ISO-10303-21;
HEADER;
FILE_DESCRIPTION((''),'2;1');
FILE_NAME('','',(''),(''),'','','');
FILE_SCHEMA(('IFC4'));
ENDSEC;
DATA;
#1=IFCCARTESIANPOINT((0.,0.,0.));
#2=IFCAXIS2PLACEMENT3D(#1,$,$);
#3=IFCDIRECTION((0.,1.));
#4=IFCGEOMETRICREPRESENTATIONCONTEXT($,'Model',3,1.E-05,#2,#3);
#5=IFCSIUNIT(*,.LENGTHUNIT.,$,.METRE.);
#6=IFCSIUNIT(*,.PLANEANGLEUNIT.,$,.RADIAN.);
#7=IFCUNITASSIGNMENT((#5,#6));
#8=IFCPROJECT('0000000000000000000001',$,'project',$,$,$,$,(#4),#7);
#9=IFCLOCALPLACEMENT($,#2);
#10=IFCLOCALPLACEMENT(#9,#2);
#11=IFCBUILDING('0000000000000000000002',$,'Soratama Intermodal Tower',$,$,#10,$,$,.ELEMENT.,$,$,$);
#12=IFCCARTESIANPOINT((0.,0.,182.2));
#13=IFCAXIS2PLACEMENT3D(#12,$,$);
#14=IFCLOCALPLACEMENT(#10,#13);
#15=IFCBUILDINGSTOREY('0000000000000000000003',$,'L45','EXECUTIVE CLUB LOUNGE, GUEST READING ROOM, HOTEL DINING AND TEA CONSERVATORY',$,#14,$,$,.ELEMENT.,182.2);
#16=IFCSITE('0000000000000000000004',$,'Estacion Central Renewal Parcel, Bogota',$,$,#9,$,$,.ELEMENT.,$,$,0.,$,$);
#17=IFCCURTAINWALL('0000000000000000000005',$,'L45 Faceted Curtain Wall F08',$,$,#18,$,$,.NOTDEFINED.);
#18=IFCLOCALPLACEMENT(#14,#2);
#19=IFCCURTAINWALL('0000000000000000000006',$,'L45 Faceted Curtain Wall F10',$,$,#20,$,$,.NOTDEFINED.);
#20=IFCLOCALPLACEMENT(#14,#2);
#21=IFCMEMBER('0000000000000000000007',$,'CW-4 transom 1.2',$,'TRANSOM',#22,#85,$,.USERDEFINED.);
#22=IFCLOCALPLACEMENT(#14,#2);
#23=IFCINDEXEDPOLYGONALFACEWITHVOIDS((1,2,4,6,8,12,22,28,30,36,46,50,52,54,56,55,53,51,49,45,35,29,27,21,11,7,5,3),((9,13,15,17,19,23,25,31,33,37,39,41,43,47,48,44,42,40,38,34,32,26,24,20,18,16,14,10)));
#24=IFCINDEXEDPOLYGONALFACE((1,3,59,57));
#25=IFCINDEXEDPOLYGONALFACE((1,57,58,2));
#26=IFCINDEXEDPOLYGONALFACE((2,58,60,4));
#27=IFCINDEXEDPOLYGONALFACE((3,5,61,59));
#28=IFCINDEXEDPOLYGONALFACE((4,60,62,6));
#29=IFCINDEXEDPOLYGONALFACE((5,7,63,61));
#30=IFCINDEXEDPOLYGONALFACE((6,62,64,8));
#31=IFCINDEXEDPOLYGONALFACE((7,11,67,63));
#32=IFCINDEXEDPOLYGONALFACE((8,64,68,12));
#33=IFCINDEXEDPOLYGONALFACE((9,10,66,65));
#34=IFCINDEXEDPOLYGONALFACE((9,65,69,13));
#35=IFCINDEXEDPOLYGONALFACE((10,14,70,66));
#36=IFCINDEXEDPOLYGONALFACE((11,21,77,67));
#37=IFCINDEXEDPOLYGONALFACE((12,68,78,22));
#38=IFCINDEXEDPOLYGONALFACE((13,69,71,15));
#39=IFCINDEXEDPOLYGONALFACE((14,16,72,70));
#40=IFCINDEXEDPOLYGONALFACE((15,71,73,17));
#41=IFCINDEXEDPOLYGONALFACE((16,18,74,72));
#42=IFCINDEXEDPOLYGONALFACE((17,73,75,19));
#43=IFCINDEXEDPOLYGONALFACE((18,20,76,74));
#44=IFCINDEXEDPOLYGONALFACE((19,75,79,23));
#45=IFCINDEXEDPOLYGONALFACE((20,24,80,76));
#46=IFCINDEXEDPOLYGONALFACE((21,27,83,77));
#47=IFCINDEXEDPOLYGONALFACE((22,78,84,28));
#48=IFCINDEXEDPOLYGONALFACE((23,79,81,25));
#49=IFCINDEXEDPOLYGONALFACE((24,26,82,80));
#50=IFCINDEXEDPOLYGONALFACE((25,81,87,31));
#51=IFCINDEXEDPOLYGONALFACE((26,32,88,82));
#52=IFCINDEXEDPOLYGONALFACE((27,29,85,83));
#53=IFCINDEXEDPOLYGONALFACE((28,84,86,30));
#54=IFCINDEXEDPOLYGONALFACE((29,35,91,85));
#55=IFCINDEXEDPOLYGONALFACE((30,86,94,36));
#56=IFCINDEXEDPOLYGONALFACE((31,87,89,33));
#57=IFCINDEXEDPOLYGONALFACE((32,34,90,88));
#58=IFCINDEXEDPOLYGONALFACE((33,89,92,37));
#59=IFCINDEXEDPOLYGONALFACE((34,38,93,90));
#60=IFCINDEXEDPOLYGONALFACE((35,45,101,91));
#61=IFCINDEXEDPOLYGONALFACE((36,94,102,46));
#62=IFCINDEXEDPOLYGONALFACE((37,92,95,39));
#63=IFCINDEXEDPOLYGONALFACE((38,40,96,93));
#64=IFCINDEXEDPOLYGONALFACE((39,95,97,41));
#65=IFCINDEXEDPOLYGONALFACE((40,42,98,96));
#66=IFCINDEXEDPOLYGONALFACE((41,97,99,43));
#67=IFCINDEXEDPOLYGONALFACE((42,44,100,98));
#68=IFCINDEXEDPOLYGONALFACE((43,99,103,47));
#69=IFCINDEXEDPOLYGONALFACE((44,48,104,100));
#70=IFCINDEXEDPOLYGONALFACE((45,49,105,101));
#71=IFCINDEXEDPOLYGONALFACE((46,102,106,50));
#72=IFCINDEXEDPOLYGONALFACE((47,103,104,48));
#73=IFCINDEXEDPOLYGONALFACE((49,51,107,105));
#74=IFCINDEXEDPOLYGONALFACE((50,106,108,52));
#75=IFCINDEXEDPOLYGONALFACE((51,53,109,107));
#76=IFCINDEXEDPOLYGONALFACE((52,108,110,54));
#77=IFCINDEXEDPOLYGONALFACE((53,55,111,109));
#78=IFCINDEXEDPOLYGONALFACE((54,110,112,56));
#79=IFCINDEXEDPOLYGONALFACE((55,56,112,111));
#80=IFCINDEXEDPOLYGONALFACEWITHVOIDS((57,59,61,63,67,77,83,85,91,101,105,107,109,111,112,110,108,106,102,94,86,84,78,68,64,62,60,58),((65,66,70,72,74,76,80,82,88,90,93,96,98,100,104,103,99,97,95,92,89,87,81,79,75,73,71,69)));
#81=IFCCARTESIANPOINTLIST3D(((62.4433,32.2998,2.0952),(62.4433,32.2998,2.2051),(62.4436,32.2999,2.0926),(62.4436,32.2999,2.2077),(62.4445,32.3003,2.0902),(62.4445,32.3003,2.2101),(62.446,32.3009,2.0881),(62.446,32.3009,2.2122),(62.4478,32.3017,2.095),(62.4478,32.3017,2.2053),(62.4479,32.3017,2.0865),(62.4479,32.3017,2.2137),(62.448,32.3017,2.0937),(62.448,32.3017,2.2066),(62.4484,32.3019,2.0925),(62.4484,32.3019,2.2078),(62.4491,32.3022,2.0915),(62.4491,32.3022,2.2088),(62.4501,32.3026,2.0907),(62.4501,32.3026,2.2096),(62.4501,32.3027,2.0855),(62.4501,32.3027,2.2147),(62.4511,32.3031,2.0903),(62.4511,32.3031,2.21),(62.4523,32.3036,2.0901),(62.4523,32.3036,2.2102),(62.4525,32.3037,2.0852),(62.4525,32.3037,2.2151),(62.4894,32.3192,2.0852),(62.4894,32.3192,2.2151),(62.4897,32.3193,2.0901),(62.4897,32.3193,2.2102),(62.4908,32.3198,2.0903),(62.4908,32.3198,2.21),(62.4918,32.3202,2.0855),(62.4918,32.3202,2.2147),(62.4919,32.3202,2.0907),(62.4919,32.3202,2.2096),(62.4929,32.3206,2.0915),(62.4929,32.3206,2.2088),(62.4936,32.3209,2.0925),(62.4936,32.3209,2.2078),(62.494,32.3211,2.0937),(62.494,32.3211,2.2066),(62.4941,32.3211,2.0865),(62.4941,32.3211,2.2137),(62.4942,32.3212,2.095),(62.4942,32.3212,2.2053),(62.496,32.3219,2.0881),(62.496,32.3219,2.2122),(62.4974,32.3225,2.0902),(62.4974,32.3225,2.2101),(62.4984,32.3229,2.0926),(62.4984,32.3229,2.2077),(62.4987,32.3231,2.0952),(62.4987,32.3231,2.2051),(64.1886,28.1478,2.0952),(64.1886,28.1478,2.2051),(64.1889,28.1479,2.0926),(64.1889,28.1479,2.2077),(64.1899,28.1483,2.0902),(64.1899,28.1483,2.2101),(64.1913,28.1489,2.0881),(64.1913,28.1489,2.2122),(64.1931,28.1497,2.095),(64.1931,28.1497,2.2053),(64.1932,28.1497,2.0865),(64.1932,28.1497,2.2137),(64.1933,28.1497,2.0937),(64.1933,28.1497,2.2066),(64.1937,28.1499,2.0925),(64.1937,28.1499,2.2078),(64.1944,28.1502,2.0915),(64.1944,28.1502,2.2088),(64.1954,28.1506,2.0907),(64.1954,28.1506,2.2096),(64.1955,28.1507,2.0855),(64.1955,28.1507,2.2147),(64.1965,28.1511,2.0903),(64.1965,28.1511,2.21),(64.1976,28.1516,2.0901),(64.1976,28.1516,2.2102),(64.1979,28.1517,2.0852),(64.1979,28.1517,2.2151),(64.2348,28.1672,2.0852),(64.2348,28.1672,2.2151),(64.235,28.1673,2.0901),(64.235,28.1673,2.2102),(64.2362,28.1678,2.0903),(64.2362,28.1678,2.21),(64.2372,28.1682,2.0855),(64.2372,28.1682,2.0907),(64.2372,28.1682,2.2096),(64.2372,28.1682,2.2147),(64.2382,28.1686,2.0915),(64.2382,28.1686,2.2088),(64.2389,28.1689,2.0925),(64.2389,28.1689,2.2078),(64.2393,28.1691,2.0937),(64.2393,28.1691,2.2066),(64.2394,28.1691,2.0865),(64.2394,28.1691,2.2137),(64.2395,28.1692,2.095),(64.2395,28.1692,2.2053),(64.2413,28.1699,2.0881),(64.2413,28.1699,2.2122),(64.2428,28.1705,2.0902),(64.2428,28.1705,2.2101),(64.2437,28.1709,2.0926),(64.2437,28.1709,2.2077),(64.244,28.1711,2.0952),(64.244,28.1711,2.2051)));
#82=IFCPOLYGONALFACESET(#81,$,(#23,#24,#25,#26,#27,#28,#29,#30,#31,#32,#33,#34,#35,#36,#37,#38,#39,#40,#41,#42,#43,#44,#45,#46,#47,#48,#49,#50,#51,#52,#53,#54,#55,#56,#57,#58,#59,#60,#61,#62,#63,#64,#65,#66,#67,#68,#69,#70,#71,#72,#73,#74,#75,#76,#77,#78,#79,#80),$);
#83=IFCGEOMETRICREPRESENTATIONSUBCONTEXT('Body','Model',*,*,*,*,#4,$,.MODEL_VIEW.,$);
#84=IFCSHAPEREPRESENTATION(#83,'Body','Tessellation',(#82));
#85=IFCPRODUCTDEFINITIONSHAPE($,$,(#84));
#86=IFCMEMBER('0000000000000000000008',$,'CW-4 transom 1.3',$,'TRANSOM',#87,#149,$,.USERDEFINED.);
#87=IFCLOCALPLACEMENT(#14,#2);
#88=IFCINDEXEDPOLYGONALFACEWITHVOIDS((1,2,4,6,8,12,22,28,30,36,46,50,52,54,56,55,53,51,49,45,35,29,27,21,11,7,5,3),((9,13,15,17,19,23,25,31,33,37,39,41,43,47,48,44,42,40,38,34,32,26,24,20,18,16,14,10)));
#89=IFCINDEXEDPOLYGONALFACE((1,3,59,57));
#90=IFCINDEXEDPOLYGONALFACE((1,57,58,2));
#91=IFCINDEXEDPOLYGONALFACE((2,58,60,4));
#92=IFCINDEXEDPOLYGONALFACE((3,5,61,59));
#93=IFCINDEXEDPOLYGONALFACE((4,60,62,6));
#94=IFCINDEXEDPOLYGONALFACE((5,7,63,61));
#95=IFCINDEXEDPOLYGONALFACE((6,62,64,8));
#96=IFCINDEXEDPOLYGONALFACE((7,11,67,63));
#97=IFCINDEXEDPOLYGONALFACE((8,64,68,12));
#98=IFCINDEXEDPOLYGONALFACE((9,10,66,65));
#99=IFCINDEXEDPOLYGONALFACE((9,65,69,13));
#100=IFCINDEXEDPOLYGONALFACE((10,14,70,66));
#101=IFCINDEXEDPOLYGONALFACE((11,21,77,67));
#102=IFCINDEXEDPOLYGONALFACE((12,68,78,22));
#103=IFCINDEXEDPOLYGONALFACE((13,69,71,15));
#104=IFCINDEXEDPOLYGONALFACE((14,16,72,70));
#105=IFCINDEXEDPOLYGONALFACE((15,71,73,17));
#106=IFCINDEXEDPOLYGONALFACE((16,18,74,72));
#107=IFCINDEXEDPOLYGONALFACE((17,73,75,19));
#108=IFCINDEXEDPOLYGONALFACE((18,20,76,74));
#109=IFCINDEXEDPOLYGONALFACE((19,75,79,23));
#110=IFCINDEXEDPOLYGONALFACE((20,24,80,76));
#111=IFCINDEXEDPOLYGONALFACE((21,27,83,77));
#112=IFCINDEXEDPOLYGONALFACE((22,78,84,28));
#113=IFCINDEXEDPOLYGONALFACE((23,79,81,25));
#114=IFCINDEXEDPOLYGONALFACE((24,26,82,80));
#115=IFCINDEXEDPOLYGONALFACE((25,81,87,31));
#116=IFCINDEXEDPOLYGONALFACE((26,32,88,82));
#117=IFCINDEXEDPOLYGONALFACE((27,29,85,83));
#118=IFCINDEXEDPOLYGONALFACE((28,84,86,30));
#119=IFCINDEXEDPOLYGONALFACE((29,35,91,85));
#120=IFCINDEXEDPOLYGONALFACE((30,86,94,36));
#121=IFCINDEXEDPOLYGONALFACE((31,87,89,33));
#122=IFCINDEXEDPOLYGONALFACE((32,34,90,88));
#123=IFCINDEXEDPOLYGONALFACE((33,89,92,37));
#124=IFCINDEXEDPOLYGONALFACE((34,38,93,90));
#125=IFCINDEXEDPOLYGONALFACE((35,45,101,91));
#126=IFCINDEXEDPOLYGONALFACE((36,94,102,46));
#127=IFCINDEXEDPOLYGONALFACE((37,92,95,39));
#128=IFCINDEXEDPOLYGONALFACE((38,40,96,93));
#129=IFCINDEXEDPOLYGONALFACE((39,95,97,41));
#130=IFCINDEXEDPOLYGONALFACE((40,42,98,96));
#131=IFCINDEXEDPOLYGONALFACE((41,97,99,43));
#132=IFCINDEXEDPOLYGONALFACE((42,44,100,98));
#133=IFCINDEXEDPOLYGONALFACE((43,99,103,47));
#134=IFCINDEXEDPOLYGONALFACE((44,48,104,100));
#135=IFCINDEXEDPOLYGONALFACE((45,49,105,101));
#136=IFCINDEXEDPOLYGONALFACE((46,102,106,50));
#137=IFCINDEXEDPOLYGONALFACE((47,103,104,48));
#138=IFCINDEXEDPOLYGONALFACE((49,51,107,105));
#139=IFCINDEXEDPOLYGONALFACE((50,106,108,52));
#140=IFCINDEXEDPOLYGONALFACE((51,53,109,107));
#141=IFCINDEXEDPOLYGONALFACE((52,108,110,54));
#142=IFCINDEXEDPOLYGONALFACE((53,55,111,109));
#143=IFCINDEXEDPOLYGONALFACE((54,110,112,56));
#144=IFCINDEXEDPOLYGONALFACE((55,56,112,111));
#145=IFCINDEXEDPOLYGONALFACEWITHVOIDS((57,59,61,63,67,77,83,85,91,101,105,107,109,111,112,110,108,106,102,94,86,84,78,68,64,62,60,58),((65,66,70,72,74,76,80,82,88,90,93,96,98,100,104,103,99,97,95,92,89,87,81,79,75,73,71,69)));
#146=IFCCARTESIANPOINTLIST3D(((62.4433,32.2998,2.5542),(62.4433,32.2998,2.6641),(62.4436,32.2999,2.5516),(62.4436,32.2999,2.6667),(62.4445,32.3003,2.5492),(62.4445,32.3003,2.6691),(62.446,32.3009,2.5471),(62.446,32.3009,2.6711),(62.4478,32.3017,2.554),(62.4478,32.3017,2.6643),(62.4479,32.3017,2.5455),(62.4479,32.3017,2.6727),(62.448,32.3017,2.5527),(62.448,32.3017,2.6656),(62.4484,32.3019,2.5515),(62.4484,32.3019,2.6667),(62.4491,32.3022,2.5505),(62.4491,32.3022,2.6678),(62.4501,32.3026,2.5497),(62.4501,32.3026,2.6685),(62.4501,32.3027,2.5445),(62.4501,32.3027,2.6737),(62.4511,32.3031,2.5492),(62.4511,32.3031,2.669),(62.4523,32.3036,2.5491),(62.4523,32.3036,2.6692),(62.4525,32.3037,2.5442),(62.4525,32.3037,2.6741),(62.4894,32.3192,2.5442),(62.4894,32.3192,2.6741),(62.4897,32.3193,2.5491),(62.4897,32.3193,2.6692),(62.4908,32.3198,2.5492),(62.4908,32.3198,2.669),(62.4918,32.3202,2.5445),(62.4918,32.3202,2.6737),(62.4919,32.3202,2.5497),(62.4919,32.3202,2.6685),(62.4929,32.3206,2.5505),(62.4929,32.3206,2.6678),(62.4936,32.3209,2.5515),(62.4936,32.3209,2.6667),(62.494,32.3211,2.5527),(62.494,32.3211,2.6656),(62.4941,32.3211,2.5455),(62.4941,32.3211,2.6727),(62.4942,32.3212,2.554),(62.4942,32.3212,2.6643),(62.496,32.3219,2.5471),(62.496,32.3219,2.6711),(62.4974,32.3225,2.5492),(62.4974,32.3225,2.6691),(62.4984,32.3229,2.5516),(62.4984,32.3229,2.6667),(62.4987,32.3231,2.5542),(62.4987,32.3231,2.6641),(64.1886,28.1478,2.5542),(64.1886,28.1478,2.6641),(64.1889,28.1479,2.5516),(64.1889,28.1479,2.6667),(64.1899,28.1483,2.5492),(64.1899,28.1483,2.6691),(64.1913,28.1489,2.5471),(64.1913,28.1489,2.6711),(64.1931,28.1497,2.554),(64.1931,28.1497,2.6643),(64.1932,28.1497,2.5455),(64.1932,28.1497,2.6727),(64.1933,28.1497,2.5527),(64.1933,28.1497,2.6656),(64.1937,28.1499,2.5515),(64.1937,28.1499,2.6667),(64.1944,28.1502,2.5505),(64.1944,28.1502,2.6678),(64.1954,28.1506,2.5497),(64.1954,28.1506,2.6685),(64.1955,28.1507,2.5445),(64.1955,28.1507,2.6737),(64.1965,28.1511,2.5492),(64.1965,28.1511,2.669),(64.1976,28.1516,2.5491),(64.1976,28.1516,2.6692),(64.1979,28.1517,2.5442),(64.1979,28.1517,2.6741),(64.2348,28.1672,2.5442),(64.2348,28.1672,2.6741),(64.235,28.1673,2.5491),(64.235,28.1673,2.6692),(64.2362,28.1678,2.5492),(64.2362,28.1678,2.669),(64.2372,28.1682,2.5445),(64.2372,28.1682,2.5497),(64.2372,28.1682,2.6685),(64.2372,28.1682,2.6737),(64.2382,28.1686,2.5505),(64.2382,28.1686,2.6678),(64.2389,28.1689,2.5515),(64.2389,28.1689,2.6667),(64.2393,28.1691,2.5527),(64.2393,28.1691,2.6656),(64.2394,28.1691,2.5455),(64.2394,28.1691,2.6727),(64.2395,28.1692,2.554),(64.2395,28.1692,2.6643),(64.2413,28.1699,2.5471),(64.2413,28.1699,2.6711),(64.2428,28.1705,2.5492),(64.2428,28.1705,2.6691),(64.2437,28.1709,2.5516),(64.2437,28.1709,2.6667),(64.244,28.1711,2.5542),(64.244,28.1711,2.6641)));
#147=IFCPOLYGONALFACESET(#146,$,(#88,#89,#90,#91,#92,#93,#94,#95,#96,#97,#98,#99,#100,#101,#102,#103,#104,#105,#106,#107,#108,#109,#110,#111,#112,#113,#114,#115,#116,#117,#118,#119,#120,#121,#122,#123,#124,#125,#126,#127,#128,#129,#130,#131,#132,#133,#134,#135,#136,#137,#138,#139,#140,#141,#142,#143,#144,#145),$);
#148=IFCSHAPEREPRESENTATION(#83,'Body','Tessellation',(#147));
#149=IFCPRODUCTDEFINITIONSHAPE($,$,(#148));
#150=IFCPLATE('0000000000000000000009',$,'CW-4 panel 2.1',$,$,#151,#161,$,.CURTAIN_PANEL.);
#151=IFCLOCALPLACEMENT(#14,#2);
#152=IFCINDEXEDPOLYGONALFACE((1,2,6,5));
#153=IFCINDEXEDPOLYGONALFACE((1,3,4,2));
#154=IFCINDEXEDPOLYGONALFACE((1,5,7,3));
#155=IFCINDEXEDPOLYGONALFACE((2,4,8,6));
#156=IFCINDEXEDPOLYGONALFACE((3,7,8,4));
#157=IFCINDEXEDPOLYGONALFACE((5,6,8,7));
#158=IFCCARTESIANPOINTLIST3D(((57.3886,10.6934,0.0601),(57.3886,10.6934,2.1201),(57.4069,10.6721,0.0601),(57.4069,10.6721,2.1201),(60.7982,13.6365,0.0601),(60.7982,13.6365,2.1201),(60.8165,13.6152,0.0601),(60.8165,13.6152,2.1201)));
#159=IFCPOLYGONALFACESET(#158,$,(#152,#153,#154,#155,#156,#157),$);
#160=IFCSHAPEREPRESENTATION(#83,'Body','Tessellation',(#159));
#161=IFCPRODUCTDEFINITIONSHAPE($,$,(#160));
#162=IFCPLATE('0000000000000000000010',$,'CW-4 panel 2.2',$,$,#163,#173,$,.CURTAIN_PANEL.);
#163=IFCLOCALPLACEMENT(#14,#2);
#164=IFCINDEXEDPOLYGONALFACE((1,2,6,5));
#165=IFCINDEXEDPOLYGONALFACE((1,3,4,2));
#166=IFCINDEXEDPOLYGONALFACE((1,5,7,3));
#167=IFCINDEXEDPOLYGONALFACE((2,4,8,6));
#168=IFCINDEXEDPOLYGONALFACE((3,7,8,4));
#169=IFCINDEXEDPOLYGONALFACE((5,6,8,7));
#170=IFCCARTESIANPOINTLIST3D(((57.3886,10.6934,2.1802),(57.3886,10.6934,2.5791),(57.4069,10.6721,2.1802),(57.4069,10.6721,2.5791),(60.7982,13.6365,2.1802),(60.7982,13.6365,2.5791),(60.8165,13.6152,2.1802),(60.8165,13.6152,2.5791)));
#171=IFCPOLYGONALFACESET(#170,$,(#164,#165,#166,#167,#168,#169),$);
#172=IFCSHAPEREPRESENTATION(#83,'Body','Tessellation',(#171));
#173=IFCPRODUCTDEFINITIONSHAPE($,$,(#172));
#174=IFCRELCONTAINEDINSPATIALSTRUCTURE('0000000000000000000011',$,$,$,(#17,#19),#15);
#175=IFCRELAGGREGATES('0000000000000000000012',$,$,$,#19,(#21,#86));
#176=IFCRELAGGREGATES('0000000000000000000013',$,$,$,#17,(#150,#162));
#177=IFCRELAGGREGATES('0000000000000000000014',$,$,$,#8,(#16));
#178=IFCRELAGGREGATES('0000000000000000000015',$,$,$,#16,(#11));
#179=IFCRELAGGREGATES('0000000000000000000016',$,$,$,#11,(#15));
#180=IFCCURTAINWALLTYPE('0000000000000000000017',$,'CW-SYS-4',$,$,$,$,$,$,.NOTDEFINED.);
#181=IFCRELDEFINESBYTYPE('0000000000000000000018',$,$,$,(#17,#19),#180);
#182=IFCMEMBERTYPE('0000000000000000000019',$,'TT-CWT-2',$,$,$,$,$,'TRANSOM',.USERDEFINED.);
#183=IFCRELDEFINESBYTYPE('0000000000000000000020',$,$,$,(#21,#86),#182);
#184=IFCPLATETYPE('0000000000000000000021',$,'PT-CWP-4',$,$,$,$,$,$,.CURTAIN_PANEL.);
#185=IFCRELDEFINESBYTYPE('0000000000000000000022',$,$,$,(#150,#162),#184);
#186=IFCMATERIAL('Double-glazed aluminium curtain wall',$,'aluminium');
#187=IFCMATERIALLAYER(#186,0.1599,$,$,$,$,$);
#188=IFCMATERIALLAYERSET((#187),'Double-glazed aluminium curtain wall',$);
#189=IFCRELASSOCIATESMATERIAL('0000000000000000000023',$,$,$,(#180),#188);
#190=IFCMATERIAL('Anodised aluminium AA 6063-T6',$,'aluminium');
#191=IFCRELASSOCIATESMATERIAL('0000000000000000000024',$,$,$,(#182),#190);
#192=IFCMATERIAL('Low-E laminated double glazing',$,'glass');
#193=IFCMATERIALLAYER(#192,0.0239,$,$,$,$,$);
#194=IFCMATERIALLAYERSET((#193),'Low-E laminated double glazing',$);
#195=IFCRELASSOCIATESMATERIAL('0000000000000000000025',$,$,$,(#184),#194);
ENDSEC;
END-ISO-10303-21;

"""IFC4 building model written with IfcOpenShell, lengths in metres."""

from ifc_helpers import new_model, si_unit, direction, frame, origin, origin_2d, place, context, subcontext, project, spatial, rectangle, hollow_rectangle, extrude, material, layer, layer_set, material_profile, profile_set, type_object, element, aggregate, save


model = new_model("IFC4")

# Units and contexts
model_context = context("Model", 3, precision=1e-05, world=origin(), true_north=direction((0.0, 1.0)))
body_context = subcontext(model_context, "Body", "Model", "MODEL_VIEW")
ifc_project = project(units=[si_unit("LENGTHUNIT", "METRE"), si_unit("PLANEANGLEUNIT", "RADIAN")], contexts=[model_context])

# Site, building, storey
site_placement = place(None, origin())
site = spatial("IfcSite", under=ifc_project, at=site_placement, Name="Estacion Central Renewal Parcel, Bogota", CompositionType="ELEMENT", RefElevation=0.0)
building_placement = place(site_placement, origin())
building = spatial("IfcBuilding", under=site, at=building_placement, Name="Soratama Intermodal Tower", CompositionType="ELEMENT")
storey_placement = place(building_placement, frame((0.0, 0.0, 182.2)))
storey = spatial("IfcBuildingStorey", under=building, at=storey_placement, Name="L45", Description="EXECUTIVE CLUB LOUNGE, GUEST READING ROOM, HOTEL DINING AND TEA CONSERVATORY", CompositionType="ELEMENT", Elevation=182.2)

# Curtain wall
ifc_material_1 = material(Name="Double-glazed aluminium curtain wall", Category="aluminium")
ifc_layer_1 = layer(ifc_material_1, 0.1599)
ifc_layer_set_1 = layer_set([ifc_layer_1], Name="Double-glazed aluminium curtain wall")
curtain_wall_type = type_object("IfcCurtainWallType", Name="CW-SYS-4", PredefinedType="NOTDEFINED", material=ifc_layer_set_1)
curtain_wall_1_placement = place(storey_placement, origin())
curtain_wall_1 = element("IfcCurtainWall", 1, at=curtain_wall_1_placement, inside=storey, type_object=curtain_wall_type, Name="L45 Faceted Curtain Wall F08", PredefinedType="NOTDEFINED")

# Curtain wall, members
curtain_wall_2_placement = place(storey_placement, origin())
curtain_wall_2 = element("IfcCurtainWall", 2, at=curtain_wall_2_placement, inside=storey, type_object=curtain_wall_type, Name="L45 Faceted Curtain Wall F10", PredefinedType="NOTDEFINED")
ifc_material_2 = material(Name="Anodised aluminium AA 6063-T6", Category="aluminium")
ifc_material_profile_1 = material_profile(ifc_material_2, hollow_rectangle(XDim=0.0601, YDim=0.1299, WallThickness=0.0049, InnerFilletRadius=0.0049, OuterFilletRadius=0.01, at=origin_2d()), Name="CWT130X60X5")
ifc_profile_set_1 = profile_set([ifc_material_profile_1], Name="Anodised aluminium AA 6063-T6")
member_type_1 = type_object("IfcMemberType", Name="TT-CWT-2", ElementType="TRANSOM", PredefinedType="USERDEFINED", material=ifc_profile_set_1)
member_1_placement = place(storey_placement, frame((64.2163, 28.1594, 2.1501), z_axis=(-0.387512, 0.921865, 0.0), x_axis=(-0.921865, -0.387512, 0.0)))
member_1 = element("IfcMember", 3, at=member_1_placement, type_object=member_type_1, Name="CW-4 transom 1.2", ObjectType="TRANSOM", PredefinedType="USERDEFINED", context=body_context, shape_type="SweptSolid", body=[
    extrude(hollow_rectangle(XDim=0.0601, YDim=0.1299, WallThickness=0.0049, InnerFilletRadius=0.0049, OuterFilletRadius=0.01, at=origin_2d()), origin(), (0.0, 0.0, 1.0), 4.5039),
])
member_2_placement = place(storey_placement, frame((64.2163, 28.1594, 2.6091), z_axis=(-0.387512, 0.921865, 0.0), x_axis=(-0.921865, -0.387512, 0.0)))
member_2 = element("IfcMember", 4, at=member_2_placement, type_object=member_type_1, Name="CW-4 transom 1.3", ObjectType="TRANSOM", PredefinedType="USERDEFINED", context=body_context, shape_type="SweptSolid", body=[
    extrude(hollow_rectangle(XDim=0.0601, YDim=0.1299, WallThickness=0.0049, InnerFilletRadius=0.0049, OuterFilletRadius=0.01, at=origin_2d()), origin(), (0.0, 0.0, 1.0), 4.5039),
])
aggregate(curtain_wall_2, [member_1, member_2])

# Plates
ifc_material_3 = material(Name="Low-E laminated double glazing", Category="glass")
ifc_layer_2 = layer(ifc_material_3, 0.0239)
ifc_layer_set_2 = layer_set([ifc_layer_2], Name="Low-E laminated double glazing")
plate_type = type_object("IfcPlateType", Name="PT-CWP-4", PredefinedType="CURTAIN_PANEL", material=ifc_layer_set_2)
plate_1_placement = place(storey_placement, frame((59.1025, 12.1543, 0.0601), z_axis=(0.0, 0.0, 1.0), x_axis=(0.756993, 0.653423, 0.0)))
plate_1 = element("IfcPlate", 5, at=plate_1_placement, type_object=plate_type, Name="CW-4 panel 2.1", PredefinedType="CURTAIN_PANEL", context=body_context, shape_type="SweptSolid", body=[
    extrude(rectangle(XDim=4.5042, YDim=0.0281, at=origin_2d()), origin(), (0.0, 0.0, 1.0), 2.0601),
])
plate_2_placement = place(storey_placement, frame((59.1025, 12.1543, 2.1802), z_axis=(0.0, 0.0, 1.0), x_axis=(0.756993, 0.653423, 0.0)))
plate_2 = element("IfcPlate", 6, at=plate_2_placement, type_object=plate_type, Name="CW-4 panel 2.2", PredefinedType="CURTAIN_PANEL", context=body_context, shape_type="SweptSolid", body=[
    extrude(rectangle(XDim=4.5042, YDim=0.0281, at=origin_2d()), origin(), (0.0, 0.0, 1.0), 0.3989),
])
aggregate(curtain_wall_1, [plate_1, plate_2])

save(model, "model.ifc")
